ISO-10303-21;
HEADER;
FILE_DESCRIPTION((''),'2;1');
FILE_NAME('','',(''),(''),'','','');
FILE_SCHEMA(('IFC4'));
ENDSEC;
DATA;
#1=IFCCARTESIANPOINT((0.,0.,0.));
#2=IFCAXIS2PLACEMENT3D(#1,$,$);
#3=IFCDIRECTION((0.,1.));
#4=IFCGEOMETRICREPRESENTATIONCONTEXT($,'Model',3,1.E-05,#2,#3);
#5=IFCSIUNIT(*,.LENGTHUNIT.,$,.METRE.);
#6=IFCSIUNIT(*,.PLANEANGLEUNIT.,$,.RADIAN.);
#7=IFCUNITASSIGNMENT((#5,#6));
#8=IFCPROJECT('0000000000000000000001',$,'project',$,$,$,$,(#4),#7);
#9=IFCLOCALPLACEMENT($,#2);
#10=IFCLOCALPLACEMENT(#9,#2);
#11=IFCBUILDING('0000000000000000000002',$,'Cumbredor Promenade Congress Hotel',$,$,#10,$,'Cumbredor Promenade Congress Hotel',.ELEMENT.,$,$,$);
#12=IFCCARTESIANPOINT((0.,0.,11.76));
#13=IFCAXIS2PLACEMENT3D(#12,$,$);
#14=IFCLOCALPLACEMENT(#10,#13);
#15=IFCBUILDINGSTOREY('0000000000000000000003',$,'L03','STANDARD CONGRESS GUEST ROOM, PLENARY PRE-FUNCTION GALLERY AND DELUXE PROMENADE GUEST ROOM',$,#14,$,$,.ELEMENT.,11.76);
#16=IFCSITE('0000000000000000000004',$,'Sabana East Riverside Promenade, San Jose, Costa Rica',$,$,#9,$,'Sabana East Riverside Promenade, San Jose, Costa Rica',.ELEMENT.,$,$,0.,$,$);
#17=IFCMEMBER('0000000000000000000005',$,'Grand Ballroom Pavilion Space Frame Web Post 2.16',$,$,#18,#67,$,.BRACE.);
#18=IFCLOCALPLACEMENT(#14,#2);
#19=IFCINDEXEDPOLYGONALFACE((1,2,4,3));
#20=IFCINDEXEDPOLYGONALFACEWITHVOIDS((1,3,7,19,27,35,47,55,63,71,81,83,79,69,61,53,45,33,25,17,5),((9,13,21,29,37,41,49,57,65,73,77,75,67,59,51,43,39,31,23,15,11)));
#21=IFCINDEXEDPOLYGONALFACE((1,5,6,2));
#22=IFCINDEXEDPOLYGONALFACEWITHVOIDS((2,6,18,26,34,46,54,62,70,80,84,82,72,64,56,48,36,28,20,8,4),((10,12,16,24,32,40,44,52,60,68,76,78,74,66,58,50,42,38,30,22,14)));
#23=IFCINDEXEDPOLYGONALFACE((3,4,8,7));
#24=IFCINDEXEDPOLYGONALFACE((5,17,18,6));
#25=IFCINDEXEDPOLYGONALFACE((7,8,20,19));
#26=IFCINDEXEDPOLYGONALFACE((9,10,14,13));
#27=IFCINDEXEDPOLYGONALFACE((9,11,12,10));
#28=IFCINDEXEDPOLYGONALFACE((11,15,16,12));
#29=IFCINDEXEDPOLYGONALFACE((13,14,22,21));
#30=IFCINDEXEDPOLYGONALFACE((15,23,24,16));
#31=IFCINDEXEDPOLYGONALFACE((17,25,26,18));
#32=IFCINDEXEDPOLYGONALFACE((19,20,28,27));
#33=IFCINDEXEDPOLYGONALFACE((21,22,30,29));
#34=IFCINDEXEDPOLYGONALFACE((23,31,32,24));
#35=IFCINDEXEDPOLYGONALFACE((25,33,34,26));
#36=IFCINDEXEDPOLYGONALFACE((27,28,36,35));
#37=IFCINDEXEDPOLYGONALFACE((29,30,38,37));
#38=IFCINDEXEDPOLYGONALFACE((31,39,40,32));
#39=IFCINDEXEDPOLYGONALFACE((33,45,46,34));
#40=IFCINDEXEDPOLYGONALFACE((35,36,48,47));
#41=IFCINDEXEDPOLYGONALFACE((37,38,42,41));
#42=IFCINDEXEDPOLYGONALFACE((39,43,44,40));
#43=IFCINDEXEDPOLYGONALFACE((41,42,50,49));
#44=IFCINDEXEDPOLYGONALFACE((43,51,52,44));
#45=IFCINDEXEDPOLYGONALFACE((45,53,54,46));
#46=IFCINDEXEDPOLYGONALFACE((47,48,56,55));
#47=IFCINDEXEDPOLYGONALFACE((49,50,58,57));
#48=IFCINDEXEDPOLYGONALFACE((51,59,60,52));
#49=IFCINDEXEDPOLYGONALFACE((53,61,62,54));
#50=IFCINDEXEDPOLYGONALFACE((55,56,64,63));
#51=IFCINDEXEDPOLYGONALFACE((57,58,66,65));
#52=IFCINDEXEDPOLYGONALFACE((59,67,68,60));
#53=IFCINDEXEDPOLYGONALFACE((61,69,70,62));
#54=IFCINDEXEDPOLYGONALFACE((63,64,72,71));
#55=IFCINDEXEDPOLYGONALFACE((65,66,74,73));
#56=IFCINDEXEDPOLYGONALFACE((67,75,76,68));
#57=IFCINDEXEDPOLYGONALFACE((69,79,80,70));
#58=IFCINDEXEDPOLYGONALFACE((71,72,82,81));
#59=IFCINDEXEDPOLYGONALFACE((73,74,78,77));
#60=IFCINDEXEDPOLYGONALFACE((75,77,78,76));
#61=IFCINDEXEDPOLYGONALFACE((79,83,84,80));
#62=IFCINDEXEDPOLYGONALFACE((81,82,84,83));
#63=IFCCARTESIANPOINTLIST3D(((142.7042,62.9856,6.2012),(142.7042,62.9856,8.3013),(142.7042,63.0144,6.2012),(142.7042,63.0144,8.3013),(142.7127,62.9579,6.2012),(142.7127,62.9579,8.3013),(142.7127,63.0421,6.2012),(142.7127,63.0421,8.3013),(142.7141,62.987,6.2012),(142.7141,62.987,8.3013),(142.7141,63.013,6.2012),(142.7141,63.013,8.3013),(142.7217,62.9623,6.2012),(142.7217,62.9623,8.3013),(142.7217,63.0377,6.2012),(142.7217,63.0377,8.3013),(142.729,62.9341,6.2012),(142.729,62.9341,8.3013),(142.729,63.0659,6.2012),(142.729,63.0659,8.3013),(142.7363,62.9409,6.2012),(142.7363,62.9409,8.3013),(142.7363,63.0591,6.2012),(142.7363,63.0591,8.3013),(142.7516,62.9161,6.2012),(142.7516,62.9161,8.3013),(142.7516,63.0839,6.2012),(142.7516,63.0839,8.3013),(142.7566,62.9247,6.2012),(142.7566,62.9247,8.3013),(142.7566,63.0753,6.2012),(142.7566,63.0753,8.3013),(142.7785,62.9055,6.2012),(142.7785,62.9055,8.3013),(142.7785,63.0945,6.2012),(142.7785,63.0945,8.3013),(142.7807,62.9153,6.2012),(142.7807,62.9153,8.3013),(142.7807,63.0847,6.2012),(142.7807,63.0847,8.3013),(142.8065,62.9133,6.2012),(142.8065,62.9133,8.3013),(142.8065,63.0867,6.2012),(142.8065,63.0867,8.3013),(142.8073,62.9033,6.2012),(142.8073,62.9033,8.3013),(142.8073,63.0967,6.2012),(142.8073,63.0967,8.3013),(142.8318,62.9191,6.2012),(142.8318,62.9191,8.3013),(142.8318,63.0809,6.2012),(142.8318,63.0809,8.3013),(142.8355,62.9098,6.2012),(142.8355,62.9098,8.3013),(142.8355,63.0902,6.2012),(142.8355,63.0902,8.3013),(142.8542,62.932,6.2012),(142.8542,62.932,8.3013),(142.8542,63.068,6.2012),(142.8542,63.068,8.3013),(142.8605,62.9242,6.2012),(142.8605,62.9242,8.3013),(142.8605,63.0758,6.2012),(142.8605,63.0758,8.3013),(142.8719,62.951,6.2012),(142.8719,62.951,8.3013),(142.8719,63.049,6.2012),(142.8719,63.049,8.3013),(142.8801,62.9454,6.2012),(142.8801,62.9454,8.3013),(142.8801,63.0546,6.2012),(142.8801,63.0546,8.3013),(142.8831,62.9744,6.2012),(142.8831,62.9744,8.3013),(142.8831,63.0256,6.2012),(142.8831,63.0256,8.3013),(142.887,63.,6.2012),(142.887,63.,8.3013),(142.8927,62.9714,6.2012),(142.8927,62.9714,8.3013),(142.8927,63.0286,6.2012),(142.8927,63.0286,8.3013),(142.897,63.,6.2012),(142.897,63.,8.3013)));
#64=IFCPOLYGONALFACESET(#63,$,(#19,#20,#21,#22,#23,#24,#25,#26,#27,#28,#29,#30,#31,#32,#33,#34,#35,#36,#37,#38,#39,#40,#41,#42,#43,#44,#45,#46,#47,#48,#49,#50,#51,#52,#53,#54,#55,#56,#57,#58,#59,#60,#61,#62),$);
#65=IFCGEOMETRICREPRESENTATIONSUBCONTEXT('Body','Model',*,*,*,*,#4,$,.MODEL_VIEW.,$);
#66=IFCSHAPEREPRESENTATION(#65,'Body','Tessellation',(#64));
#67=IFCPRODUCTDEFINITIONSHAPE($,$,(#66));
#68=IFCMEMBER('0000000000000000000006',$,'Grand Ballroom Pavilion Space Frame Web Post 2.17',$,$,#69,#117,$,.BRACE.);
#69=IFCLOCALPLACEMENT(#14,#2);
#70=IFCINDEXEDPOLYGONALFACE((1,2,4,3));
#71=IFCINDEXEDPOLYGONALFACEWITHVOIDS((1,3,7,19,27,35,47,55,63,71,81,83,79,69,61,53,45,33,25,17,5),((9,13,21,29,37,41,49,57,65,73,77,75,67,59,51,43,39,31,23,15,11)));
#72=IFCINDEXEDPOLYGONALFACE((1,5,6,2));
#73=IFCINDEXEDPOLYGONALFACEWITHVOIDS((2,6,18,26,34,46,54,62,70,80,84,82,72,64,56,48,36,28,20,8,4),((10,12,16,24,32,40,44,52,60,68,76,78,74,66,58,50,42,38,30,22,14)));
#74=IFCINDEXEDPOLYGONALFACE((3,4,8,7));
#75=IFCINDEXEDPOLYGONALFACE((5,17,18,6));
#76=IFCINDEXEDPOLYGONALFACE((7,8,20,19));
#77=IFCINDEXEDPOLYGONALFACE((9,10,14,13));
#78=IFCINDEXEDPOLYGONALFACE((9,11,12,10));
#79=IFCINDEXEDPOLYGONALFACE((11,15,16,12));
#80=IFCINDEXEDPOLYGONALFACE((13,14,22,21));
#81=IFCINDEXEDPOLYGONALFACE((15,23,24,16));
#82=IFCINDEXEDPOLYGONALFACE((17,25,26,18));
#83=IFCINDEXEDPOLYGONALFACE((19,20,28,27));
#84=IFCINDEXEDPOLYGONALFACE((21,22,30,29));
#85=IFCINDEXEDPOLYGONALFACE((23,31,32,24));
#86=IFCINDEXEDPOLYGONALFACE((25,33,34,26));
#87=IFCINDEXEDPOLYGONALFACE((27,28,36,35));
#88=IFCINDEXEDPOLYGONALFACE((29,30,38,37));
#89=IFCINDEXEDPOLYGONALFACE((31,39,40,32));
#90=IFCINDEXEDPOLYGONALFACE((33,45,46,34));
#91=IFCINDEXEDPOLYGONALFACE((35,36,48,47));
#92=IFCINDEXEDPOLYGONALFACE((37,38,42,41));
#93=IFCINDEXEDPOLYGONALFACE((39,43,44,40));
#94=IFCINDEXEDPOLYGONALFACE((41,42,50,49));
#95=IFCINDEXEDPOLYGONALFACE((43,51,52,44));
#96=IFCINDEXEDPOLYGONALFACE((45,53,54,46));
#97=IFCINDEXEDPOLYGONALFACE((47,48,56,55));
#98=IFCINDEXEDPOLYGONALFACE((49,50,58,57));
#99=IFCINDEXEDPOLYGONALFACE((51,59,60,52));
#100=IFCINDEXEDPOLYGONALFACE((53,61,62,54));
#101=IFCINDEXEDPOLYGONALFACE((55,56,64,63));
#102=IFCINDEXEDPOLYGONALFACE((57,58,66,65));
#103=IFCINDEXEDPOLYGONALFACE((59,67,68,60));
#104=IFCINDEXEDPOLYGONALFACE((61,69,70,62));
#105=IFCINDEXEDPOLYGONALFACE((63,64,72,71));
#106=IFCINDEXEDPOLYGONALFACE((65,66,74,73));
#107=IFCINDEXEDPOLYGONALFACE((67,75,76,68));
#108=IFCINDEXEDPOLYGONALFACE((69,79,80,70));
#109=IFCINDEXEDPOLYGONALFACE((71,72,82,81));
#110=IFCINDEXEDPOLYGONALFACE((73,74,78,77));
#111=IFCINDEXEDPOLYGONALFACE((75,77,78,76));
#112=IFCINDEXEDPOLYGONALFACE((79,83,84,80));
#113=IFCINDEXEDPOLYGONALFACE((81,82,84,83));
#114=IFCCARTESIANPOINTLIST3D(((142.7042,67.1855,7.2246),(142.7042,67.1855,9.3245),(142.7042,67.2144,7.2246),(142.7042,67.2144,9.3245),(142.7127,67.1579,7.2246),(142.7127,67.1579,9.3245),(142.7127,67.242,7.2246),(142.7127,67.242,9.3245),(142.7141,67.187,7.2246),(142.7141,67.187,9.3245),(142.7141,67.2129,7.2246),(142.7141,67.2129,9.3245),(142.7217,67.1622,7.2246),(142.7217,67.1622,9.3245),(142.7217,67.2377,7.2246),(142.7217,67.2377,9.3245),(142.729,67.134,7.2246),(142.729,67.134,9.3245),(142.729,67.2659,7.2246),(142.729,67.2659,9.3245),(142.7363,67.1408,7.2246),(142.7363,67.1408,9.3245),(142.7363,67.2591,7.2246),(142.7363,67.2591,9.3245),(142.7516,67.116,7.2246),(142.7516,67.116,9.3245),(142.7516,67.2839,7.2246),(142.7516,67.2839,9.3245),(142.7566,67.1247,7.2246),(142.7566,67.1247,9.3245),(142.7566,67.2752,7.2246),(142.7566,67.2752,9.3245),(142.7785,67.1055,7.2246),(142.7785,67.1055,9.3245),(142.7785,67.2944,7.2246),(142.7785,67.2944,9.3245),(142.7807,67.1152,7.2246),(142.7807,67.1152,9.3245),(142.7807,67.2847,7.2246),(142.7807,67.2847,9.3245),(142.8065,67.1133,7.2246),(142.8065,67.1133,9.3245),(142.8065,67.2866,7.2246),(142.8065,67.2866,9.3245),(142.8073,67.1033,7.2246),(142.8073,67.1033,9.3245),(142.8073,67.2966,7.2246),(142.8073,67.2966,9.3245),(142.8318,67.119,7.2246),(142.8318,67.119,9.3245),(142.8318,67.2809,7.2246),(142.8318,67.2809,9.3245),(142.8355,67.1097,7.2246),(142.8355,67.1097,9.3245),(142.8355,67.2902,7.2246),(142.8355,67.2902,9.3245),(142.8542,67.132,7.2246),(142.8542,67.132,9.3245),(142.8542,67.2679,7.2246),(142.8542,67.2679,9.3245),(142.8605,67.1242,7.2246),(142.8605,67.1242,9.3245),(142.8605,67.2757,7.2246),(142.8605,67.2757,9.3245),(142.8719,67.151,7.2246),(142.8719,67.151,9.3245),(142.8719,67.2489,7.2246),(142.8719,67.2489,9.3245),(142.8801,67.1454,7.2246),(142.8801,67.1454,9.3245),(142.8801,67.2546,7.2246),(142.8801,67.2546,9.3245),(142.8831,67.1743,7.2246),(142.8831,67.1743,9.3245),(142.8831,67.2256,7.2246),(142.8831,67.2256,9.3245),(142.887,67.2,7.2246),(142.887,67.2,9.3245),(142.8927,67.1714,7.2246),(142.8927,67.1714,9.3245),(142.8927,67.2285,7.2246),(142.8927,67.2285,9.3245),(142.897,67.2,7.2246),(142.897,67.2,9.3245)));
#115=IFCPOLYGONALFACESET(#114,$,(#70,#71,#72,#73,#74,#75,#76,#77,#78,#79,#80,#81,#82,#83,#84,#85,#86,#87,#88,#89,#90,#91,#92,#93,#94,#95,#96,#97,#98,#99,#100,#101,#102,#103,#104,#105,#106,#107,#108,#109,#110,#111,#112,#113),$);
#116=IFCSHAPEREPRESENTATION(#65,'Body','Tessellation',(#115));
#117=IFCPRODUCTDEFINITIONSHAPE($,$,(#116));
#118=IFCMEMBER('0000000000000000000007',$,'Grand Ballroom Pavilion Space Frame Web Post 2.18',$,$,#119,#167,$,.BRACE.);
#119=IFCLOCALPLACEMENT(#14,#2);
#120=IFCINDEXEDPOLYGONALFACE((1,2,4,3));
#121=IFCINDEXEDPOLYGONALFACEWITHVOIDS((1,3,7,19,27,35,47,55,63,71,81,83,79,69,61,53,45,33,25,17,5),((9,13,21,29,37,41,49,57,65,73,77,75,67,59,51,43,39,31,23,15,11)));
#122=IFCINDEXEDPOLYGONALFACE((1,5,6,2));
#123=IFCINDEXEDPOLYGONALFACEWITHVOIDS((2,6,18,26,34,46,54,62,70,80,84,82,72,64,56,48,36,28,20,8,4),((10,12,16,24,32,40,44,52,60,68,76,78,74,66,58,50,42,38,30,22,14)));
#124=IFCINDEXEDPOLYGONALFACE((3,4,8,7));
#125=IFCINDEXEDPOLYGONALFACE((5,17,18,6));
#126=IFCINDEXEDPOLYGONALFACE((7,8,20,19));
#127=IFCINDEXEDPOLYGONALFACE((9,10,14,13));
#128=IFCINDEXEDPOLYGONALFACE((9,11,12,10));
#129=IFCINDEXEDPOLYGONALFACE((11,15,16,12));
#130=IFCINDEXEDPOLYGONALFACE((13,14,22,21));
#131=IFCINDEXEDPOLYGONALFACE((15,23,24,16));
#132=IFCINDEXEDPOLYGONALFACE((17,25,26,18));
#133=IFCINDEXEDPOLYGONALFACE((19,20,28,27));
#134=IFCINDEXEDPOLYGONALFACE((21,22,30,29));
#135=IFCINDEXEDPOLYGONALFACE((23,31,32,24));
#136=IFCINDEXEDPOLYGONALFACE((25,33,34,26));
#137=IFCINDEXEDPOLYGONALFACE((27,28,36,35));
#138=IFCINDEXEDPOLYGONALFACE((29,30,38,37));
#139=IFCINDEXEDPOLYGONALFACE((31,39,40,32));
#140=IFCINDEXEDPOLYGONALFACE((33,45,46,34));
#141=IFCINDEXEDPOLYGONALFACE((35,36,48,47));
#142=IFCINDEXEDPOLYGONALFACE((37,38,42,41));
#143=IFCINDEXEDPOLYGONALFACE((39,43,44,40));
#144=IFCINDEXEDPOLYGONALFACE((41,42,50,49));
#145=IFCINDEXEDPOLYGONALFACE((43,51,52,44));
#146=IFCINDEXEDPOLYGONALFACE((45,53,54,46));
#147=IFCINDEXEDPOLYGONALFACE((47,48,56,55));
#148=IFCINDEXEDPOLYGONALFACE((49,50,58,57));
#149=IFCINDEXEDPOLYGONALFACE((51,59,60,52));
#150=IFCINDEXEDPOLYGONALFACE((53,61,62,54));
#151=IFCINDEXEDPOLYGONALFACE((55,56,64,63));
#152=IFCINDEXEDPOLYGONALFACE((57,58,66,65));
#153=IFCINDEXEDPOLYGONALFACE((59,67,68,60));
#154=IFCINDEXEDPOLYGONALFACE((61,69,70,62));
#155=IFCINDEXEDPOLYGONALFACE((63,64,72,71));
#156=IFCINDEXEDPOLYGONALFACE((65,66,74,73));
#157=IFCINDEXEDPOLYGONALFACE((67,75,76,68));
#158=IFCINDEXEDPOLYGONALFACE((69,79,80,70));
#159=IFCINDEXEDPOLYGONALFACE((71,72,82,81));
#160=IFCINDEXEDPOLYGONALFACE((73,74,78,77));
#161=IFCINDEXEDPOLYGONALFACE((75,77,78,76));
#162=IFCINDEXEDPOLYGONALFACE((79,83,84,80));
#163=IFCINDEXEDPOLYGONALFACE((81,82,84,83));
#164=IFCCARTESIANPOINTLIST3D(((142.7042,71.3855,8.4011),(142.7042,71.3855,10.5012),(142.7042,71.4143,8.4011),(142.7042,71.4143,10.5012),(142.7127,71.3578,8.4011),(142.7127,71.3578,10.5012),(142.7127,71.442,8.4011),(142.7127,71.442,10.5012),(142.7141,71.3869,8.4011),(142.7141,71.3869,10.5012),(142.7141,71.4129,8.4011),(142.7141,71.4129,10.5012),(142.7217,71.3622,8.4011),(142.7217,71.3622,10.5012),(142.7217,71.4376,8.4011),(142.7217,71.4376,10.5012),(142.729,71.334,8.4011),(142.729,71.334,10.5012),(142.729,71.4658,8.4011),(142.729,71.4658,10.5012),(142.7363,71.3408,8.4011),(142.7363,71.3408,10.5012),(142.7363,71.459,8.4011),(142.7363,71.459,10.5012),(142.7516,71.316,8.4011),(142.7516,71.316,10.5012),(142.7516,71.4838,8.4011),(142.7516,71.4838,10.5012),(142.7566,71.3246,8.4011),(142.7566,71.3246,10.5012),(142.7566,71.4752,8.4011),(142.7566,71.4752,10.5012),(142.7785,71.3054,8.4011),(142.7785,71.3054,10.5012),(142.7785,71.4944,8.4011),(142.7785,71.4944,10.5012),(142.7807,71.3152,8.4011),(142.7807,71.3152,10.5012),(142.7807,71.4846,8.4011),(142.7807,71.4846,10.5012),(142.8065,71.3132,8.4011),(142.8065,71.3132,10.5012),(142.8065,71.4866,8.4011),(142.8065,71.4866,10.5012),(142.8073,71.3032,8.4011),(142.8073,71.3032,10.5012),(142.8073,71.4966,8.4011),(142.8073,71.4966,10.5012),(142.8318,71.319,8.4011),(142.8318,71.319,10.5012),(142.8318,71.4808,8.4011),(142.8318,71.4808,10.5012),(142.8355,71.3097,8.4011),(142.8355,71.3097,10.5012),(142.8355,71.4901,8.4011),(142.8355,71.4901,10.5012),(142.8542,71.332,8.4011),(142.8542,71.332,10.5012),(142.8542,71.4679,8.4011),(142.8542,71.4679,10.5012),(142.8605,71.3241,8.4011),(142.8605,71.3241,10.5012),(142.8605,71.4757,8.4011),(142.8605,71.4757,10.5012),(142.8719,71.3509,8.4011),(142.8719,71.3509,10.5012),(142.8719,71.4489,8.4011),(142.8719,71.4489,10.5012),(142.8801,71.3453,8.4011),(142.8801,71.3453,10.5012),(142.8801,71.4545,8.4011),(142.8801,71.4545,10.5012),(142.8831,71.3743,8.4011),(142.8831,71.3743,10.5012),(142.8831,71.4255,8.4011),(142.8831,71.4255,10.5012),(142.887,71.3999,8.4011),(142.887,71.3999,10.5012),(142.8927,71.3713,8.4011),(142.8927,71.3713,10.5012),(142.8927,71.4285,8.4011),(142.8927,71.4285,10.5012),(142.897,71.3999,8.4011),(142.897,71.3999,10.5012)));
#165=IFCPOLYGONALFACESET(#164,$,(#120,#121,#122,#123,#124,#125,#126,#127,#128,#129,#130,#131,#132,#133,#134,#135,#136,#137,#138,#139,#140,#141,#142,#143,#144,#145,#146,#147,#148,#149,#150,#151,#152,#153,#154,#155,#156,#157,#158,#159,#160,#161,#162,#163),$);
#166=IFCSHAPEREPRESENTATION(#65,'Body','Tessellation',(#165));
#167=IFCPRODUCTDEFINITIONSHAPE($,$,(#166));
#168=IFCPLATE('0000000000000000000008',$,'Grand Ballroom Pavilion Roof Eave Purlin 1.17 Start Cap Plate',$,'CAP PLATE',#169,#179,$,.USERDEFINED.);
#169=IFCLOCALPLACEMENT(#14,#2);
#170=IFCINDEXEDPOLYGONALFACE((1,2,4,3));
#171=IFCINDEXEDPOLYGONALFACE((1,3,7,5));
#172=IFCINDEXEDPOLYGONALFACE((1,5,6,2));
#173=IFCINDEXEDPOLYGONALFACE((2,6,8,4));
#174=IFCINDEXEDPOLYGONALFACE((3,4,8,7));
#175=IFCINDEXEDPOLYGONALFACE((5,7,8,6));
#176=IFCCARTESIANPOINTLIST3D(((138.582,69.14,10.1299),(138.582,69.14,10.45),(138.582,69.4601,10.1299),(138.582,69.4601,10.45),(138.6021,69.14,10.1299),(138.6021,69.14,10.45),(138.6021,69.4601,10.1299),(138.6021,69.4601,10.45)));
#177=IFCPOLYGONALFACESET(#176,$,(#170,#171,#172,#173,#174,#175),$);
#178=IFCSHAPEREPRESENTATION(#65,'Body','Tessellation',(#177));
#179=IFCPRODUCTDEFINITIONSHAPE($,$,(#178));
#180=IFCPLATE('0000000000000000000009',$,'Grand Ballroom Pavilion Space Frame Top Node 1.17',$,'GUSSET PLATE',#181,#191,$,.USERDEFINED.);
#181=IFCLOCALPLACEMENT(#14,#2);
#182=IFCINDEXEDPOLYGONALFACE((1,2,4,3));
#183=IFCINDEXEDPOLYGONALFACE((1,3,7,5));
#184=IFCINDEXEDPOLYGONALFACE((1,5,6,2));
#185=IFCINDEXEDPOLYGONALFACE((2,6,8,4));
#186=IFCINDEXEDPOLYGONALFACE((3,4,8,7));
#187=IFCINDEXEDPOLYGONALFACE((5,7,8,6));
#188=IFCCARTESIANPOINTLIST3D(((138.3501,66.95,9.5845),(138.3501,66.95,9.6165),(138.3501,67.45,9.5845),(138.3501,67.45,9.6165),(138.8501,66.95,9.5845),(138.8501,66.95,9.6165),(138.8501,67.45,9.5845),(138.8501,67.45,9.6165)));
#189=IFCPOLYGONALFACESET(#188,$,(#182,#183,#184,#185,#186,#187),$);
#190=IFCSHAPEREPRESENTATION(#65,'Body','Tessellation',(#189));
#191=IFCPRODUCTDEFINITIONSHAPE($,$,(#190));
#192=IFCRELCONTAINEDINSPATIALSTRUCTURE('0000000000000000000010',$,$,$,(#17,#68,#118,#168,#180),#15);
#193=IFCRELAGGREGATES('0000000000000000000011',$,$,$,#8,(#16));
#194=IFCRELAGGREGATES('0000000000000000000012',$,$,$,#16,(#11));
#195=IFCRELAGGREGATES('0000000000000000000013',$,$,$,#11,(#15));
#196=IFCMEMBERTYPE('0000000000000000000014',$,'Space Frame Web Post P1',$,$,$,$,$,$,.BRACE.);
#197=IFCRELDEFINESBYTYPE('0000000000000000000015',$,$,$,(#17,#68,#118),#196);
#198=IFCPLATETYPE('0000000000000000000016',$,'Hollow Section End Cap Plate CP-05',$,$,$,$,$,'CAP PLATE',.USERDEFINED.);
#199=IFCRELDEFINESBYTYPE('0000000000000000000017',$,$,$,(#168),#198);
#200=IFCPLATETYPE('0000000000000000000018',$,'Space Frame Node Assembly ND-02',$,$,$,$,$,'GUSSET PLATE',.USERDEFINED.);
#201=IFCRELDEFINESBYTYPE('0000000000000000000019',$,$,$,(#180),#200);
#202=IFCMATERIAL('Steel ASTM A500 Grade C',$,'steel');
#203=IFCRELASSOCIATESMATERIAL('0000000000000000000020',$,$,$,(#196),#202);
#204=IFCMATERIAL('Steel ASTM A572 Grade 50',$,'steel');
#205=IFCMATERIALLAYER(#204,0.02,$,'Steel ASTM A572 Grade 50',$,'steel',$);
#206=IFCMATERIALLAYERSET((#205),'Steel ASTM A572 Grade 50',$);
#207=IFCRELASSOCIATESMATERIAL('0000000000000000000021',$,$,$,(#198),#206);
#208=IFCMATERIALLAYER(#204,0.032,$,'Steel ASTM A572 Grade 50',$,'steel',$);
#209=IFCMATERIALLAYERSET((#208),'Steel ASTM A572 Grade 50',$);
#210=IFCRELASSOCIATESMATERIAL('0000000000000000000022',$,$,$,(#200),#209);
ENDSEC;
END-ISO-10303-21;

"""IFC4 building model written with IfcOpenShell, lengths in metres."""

from ifc_helpers import new_model, si_unit, direction, frame, origin, origin_2d, place, context, subcontext, project, spatial, rectangle, hollow_circle, extrude, material, layer, layer_set, material_profile, profile_set, type_object, element, save


model = new_model("IFC4")

# Units and contexts
model_context = context("Model", 3, precision=1e-05, world=origin(), true_north=direction((0.0, 1.0)))
body_context = subcontext(model_context, "Body", "Model", "MODEL_VIEW")
ifc_project = project(units=[si_unit("LENGTHUNIT", "METRE"), si_unit("PLANEANGLEUNIT", "RADIAN")], contexts=[model_context])

# Site, building, storey
site_placement = place(None, origin())
site = spatial("IfcSite", under=ifc_project, at=site_placement, Name="Sabana East Riverside Promenade, San Jose, Costa Rica", LongName="Sabana East Riverside Promenade, San Jose, Costa Rica", CompositionType="ELEMENT", RefElevation=0.0)
building_placement = place(site_placement, origin())
building = spatial("IfcBuilding", under=site, at=building_placement, Name="Cumbredor Promenade Congress Hotel", LongName="Cumbredor Promenade Congress Hotel", CompositionType="ELEMENT")
storey_placement = place(building_placement, frame((0.0, 0.0, 11.76)))
storey = spatial("IfcBuildingStorey", under=building, at=storey_placement, Name="L03", Description="STANDARD CONGRESS GUEST ROOM, PLENARY PRE-FUNCTION GALLERY AND DELUXE PROMENADE GUEST ROOM", CompositionType="ELEMENT", Elevation=11.76)

# Members
ifc_material_1 = material(Name="Steel ASTM A500 Grade C", Category="steel")
ifc_material_profile_1 = material_profile(ifc_material_1, hollow_circle(Radius=0.0969, WallThickness=0.01, at=origin_2d()), Name="CHS 193.7x10")
ifc_profile_set_1 = profile_set([ifc_material_profile_1], Name="Steel ASTM A500 Grade C")
member_type_1 = type_object("IfcMemberType", Name="Space Frame Web Post P1", PredefinedType="BRACE", material=ifc_profile_set_1)
for number, where, z_axis, x_axis, name in (
    (1, (142.8, 63.0, 6.2012), (0.0, 0.0, 1.0), (1.0, 0.0, 0.0), "Grand Ballroom Pavilion Space Frame Web Post 2.16"),
):
    element("IfcMember", number, at=place(storey_placement, frame(where, z_axis=z_axis, x_axis=x_axis)), inside=storey, type_object=member_type_1, Name=name, PredefinedType="BRACE", context=body_context, shape_type="SweptSolid", body=[
        extrude(hollow_circle(Radius=0.0969, WallThickness=0.01, at=origin_2d()), origin(), (0.0, 0.0, 1.0), 2.1001),
    ])
member_1_placement = place(storey_placement, frame((142.8, 67.2, 7.2246), z_axis=(0.0, 0.0, 1.0), x_axis=(1.0, 0.0, 0.0)))
element("IfcMember", 2, at=member_1_placement, inside=storey, type_object=member_type_1, Name="Grand Ballroom Pavilion Space Frame Web Post 2.17", PredefinedType="BRACE", context=body_context, shape_type="SweptSolid", body=[
    extrude(hollow_circle(Radius=0.0969, WallThickness=0.01, at=origin_2d()), origin(), (0.0, 0.0, 1.0), 2.0999),
])
member_2_placement = place(storey_placement, frame((142.8, 71.3999, 8.4011), z_axis=(0.0, 0.0, 1.0), x_axis=(1.0, 0.0, 0.0)))
element("IfcMember", 3, at=member_2_placement, inside=storey, type_object=member_type_1, Name="Grand Ballroom Pavilion Space Frame Web Post 2.18", PredefinedType="BRACE", context=body_context, shape_type="SweptSolid", body=[
    extrude(hollow_circle(Radius=0.0969, WallThickness=0.01, at=origin_2d()), origin(), (0.0, 0.0, 1.0), 2.1001),
])

# Plates
ifc_material_2 = material(Name="Steel ASTM A572 Grade 50", Category="steel")
ifc_layer_1 = layer(ifc_material_2, 0.02, Name="Steel ASTM A572 Grade 50", Category="steel")
ifc_layer_set_1 = layer_set([ifc_layer_1], Name="Steel ASTM A572 Grade 50")
plate_type_1 = type_object("IfcPlateType", Name="Hollow Section End Cap Plate CP-05", ElementType="CAP PLATE", PredefinedType="USERDEFINED", material=ifc_layer_set_1)
plate_placement = place(storey_placement, frame((138.592, 69.3, 10.1299), z_axis=(0.0, 0.0, 1.0), x_axis=(1.0, 0.0, 0.0)))
element("IfcPlate", 4, at=plate_placement, inside=storey, type_object=plate_type_1, Name="Grand Ballroom Pavilion Roof Eave Purlin 1.17 Start Cap Plate", ObjectType="CAP PLATE", PredefinedType="USERDEFINED", context=body_context, shape_type="SweptSolid", body=[
    extrude(rectangle(XDim=0.02, YDim=0.3201, at=origin_2d()), origin(), (0.0, 0.0, 1.0), 0.3201),
])
ifc_layer_2 = layer(ifc_material_2, 0.032, Name="Steel ASTM A572 Grade 50", Category="steel")
ifc_layer_set_2 = layer_set([ifc_layer_2], Name="Steel ASTM A572 Grade 50")
plate_type_2 = type_object("IfcPlateType", Name="Space Frame Node Assembly ND-02", ElementType="GUSSET PLATE", PredefinedType="USERDEFINED", material=ifc_layer_set_2)
for number, where, z_axis, x_axis, name in (
    (5, (138.6001, 67.2, 9.5845), (0.0, 0.0, 1.0), (1.0, 0.0, 0.0), "Grand Ballroom Pavilion Space Frame Top Node 1.17"),
):
    element("IfcPlate", number, at=place(storey_placement, frame(where, z_axis=z_axis, x_axis=x_axis)), inside=storey, type_object=plate_type_2, Name=name, ObjectType="GUSSET PLATE", PredefinedType="USERDEFINED", context=body_context, shape_type="SweptSolid", body=[
        extrude(rectangle(XDim=0.5, YDim=0.5, at=origin_2d()), origin(), (0.0, 0.0, 1.0), 0.032),
    ])

save(model, "model.ifc")
